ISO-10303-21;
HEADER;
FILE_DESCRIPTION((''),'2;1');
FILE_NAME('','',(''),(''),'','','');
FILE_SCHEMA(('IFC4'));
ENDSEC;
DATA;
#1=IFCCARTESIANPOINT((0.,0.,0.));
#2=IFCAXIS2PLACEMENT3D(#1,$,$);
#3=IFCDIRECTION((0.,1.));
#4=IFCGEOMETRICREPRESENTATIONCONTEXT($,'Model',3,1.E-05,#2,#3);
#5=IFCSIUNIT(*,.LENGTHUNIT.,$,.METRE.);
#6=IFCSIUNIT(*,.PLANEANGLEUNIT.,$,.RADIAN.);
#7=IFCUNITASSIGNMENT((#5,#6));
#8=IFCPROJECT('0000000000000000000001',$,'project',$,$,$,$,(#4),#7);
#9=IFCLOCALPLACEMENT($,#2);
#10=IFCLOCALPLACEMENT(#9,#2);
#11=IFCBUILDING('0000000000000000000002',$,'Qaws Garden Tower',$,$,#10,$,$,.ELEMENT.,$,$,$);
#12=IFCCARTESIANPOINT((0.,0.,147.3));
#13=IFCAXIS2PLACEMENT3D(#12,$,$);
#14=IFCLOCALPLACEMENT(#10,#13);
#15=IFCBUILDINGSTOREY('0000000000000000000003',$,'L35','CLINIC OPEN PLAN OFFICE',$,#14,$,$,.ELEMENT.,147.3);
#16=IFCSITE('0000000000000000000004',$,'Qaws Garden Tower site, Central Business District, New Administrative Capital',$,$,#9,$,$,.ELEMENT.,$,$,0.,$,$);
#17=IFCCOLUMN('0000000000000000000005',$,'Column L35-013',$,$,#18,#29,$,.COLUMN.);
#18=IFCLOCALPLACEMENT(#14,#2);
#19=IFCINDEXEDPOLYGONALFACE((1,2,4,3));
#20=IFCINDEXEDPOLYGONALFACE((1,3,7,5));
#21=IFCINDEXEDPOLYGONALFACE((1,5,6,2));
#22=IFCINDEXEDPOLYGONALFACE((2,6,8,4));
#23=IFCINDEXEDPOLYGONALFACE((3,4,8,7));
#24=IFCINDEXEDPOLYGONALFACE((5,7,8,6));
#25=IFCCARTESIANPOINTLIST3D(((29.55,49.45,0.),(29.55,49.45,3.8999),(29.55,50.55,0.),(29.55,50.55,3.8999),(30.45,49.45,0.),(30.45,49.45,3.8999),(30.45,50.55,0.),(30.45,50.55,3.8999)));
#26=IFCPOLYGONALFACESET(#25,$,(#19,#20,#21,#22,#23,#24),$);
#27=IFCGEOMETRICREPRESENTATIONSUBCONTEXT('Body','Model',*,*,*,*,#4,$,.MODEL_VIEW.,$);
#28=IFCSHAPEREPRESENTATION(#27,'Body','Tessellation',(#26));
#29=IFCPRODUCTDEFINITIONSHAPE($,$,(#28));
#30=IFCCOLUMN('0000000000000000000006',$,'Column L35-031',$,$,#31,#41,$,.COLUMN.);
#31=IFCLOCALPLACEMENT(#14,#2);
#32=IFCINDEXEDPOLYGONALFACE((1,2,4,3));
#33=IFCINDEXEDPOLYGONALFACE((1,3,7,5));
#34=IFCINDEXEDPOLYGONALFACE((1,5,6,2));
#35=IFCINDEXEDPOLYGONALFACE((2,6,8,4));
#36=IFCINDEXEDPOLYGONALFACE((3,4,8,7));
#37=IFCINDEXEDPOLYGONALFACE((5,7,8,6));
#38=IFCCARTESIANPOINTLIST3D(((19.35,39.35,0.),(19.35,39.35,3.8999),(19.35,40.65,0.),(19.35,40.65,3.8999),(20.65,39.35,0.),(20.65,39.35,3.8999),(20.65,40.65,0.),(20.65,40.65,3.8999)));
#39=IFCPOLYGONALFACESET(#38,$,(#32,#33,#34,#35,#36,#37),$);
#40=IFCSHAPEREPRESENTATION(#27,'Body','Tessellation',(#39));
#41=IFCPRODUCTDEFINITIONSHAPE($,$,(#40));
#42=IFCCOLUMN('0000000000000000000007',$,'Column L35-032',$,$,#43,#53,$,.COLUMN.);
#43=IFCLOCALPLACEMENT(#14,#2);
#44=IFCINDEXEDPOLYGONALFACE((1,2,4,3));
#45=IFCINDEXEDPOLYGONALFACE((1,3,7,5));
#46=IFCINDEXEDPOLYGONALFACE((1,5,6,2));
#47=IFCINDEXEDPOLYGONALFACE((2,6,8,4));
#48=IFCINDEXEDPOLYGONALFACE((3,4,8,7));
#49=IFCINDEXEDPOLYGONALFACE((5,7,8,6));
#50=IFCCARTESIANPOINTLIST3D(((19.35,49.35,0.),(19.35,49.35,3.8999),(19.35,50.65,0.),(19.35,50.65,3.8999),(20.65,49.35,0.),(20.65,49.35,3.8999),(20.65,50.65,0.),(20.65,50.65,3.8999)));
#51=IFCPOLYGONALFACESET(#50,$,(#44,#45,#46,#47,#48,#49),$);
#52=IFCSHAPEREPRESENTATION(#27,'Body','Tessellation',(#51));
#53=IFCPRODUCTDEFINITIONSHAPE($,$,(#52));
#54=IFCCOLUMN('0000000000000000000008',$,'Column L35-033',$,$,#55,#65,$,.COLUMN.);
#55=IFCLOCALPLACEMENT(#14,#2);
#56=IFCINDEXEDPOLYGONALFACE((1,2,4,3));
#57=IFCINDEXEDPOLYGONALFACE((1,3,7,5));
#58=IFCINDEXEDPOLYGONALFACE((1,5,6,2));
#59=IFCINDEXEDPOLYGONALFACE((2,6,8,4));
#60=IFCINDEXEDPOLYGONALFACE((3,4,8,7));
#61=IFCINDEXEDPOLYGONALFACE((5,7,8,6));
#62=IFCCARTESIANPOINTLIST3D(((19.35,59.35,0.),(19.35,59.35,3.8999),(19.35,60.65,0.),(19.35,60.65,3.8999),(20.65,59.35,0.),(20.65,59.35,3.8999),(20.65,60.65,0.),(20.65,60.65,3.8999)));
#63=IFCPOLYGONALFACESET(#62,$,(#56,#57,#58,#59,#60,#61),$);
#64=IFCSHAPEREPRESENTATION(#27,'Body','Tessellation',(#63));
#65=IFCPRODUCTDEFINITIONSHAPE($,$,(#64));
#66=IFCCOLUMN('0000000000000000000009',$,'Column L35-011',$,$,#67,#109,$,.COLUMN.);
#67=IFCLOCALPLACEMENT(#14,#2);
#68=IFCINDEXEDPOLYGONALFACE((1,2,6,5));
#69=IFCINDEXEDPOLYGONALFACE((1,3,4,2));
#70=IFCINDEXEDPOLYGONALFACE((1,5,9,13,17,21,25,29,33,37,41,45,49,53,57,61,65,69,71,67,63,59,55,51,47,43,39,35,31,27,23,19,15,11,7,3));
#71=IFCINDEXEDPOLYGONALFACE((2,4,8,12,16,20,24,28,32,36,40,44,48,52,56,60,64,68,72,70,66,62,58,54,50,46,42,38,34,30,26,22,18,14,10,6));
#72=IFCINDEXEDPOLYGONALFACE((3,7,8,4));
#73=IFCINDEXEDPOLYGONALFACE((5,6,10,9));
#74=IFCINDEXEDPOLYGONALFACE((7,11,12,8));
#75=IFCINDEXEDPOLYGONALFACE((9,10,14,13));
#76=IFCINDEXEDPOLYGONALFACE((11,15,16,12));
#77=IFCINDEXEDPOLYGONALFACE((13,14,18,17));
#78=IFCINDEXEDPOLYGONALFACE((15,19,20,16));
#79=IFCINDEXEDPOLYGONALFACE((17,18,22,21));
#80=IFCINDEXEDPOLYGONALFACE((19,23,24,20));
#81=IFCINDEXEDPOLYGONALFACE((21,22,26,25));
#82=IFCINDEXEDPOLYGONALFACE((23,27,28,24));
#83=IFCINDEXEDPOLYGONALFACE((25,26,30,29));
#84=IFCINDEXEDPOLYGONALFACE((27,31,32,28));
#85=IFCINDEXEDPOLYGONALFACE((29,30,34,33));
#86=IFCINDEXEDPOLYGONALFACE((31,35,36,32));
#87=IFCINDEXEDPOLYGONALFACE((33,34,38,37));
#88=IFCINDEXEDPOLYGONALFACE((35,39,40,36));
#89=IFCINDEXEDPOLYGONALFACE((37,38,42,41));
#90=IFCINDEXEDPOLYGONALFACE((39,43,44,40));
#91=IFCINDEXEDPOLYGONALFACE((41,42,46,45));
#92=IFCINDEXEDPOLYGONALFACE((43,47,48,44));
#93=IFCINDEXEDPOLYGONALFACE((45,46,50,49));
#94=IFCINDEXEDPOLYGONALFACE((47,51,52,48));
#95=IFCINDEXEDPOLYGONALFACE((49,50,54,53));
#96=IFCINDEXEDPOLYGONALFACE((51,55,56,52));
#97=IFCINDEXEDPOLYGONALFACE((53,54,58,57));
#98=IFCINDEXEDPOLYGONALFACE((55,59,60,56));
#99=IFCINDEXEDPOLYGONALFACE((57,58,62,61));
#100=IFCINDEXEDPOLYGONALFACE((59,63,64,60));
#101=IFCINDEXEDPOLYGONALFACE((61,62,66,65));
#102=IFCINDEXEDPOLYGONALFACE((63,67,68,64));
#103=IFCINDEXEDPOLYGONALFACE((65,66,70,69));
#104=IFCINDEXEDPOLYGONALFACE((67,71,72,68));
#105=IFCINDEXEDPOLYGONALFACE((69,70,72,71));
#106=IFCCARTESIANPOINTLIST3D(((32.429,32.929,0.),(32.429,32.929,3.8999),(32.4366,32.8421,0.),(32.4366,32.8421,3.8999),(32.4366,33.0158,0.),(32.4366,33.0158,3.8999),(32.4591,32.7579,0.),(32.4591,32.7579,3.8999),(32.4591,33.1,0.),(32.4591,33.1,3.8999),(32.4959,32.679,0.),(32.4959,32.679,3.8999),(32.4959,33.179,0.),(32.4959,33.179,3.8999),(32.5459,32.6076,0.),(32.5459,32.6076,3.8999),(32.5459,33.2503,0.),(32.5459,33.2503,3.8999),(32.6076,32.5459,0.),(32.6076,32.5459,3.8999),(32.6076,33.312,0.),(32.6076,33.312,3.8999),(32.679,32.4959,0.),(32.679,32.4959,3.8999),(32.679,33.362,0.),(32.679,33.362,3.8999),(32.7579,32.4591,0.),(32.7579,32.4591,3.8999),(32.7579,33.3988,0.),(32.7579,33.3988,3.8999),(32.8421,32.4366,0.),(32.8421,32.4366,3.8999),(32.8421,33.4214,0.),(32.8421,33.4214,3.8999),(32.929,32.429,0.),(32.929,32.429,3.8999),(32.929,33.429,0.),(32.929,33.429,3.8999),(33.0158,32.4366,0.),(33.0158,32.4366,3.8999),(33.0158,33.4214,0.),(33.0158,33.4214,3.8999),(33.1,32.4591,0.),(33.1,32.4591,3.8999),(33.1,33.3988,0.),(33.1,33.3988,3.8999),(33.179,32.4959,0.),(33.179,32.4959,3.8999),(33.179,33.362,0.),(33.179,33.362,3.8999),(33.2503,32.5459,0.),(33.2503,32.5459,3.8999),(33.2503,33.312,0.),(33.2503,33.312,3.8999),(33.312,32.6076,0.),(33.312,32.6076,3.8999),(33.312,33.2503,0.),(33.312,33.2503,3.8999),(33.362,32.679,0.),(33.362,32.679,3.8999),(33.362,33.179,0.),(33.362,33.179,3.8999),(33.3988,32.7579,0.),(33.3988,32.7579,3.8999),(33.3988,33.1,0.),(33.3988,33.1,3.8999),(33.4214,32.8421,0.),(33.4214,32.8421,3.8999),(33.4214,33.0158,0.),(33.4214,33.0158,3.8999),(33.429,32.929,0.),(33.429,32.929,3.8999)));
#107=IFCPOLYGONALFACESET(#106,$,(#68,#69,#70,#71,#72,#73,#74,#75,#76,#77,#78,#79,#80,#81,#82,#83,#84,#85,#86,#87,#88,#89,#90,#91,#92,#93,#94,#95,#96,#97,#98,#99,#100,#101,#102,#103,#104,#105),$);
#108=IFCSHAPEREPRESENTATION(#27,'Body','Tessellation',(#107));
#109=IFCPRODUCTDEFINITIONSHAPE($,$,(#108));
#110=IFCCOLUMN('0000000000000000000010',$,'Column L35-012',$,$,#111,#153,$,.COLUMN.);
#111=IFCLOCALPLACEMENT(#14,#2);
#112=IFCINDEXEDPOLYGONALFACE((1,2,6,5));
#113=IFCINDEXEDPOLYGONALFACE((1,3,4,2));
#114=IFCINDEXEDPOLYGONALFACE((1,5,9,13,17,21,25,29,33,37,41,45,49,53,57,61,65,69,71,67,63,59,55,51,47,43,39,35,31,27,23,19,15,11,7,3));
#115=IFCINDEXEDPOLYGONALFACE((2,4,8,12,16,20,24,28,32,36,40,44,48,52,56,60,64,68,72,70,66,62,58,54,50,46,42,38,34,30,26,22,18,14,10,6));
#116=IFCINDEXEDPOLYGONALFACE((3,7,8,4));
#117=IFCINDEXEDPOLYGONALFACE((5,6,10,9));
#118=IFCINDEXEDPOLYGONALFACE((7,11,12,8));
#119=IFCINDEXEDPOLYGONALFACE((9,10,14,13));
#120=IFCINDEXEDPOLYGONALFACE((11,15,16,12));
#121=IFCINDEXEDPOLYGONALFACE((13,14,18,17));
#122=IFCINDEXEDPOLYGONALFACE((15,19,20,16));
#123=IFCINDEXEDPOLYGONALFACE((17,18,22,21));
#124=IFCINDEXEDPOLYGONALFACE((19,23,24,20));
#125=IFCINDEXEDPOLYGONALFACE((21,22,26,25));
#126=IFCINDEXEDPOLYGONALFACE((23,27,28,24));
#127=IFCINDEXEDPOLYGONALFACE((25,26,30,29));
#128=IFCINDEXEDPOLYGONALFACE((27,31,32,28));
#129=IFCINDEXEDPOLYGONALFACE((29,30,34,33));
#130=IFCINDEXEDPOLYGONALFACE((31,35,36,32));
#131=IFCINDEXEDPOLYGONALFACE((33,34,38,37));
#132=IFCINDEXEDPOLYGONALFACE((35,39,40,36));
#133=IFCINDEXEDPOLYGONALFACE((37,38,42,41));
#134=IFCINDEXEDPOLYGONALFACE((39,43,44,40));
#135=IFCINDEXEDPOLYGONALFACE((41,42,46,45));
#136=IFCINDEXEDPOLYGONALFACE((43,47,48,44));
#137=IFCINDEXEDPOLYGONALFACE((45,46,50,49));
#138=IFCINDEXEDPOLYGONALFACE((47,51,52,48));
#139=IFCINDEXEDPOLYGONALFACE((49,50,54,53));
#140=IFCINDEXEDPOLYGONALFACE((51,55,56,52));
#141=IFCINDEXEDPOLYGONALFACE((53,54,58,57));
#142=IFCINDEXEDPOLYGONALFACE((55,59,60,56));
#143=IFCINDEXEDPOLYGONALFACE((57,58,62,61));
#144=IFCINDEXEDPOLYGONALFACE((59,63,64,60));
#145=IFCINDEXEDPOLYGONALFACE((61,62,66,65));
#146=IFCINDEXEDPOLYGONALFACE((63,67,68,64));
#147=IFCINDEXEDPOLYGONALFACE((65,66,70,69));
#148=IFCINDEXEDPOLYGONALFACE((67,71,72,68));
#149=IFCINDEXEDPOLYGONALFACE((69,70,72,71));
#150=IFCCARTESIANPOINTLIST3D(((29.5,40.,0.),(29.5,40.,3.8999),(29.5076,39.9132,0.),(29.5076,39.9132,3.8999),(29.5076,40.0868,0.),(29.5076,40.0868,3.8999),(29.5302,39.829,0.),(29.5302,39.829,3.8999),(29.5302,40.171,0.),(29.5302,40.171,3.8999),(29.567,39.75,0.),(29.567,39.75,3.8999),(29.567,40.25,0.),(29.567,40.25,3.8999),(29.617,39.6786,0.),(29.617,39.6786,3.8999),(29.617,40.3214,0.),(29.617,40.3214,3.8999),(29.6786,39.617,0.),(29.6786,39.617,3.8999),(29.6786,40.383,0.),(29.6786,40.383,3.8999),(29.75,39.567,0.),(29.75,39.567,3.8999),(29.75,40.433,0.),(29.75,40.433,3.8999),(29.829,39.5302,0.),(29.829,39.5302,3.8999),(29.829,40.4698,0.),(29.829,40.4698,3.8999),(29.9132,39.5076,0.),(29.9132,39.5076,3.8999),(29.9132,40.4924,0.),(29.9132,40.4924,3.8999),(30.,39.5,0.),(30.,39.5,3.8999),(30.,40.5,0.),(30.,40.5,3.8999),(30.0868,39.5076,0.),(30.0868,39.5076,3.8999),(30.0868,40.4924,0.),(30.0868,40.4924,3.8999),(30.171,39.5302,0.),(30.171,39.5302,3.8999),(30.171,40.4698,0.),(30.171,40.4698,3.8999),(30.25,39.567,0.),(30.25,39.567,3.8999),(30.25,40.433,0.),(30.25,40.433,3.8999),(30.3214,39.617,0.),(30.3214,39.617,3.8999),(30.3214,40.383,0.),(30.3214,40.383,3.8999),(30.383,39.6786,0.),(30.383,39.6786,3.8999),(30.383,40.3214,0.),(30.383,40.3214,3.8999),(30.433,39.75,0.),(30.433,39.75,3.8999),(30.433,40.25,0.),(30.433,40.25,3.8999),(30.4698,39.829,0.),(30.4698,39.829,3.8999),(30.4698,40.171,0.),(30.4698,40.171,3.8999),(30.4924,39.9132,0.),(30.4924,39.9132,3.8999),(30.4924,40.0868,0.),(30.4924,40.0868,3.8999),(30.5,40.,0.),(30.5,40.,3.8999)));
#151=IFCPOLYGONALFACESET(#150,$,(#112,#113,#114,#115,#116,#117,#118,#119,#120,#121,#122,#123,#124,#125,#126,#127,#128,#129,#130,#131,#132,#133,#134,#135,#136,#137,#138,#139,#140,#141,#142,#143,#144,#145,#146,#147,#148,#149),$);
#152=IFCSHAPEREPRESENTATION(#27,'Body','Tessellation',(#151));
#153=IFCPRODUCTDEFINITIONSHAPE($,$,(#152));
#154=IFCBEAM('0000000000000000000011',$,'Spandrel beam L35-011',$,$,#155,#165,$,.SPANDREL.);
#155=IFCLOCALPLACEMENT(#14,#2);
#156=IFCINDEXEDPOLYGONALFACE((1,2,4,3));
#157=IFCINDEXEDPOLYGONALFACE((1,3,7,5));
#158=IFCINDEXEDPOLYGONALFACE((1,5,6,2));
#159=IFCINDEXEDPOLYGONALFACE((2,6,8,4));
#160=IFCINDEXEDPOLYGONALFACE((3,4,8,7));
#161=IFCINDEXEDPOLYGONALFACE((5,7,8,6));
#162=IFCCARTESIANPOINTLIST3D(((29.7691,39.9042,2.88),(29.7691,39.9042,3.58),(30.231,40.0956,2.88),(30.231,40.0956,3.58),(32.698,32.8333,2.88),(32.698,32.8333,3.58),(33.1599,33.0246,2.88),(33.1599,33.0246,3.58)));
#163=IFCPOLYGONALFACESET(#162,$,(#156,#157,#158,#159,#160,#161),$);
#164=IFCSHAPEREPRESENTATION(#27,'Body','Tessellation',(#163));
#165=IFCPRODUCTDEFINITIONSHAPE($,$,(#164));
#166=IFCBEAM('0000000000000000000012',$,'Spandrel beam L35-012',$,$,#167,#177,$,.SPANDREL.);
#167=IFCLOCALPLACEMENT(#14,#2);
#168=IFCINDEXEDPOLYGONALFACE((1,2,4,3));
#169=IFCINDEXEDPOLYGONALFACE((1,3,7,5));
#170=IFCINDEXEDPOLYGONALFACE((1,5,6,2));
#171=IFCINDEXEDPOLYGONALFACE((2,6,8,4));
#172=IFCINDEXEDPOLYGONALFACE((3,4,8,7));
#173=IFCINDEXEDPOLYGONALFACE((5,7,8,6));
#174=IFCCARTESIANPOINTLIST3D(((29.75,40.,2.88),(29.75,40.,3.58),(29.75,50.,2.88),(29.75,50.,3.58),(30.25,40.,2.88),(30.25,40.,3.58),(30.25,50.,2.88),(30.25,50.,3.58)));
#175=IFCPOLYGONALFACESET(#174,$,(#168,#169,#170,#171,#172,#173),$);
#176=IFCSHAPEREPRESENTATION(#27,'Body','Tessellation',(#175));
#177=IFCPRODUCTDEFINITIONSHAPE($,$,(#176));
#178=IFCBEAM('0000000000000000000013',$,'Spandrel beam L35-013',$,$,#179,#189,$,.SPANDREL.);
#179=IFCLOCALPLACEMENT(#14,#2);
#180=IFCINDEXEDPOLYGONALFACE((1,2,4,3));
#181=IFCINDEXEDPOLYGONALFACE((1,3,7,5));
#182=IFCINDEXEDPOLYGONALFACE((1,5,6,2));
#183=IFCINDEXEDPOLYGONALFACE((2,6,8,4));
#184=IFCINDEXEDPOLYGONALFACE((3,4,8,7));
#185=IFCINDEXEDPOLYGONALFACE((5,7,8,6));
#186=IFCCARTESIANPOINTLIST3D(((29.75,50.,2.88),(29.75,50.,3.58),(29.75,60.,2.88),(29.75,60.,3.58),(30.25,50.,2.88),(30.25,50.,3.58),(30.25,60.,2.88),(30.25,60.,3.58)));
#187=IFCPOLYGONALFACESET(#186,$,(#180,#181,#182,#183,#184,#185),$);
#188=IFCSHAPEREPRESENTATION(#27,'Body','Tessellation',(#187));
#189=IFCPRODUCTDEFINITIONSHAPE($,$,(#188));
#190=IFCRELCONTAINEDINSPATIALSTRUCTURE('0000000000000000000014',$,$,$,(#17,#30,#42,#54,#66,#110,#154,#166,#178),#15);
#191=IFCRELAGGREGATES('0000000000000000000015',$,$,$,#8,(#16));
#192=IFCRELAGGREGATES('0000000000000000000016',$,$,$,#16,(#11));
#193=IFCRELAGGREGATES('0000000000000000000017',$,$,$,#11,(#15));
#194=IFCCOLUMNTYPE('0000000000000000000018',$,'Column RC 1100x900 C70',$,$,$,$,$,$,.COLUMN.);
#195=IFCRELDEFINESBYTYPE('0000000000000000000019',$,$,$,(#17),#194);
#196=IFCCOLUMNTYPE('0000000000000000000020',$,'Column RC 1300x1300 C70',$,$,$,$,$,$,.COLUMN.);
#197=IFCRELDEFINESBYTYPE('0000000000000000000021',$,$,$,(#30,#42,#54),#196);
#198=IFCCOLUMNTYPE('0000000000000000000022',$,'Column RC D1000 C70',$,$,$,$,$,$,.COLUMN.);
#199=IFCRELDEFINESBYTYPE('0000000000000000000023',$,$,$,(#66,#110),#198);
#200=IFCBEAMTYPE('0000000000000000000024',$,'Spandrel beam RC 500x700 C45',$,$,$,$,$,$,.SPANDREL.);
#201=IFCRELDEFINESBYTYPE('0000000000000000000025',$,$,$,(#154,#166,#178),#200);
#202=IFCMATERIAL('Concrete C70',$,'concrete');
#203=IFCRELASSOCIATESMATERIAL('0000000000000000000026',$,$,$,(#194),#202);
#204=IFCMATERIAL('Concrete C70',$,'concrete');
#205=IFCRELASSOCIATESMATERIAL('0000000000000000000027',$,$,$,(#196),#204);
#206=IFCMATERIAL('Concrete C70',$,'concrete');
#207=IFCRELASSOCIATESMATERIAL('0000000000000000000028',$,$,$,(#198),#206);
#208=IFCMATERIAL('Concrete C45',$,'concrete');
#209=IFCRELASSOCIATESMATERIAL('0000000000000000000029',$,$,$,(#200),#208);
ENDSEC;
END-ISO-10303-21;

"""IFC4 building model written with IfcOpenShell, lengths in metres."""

from ifc_helpers import new_model, si_unit, direction, frame, origin, origin_2d, place, context, subcontext, project, spatial, rectangle, circle, extrude, material, material_profile, profile_set, type_object, element, save


model = new_model("IFC4")

# Units and contexts
model_context = context("Model", 3, precision=1e-05, world=origin(), true_north=direction((0.0, 1.0)))
body_context = subcontext(model_context, "Body", "Model", "MODEL_VIEW")
ifc_project = project(units=[si_unit("LENGTHUNIT", "METRE"), si_unit("PLANEANGLEUNIT", "RADIAN")], contexts=[model_context])

# Site, building, storey
site_placement = place(None, origin())
site = spatial("IfcSite", under=ifc_project, at=site_placement, Name="Qaws Garden Tower site, Central Business District, New Administrative Capital", CompositionType="ELEMENT", RefElevation=0.0)
building_placement = place(site_placement, origin())
building = spatial("IfcBuilding", under=site, at=building_placement, Name="Qaws Garden Tower", CompositionType="ELEMENT")
storey_placement = place(building_placement, frame((0.0, 0.0, 147.3)))
storey = spatial("IfcBuildingStorey", under=building, at=storey_placement, Name="L35", Description="CLINIC OPEN PLAN OFFICE", CompositionType="ELEMENT", Elevation=147.3)

# Columns
ifc_material_1 = material(Name="Concrete C70", Category="concrete")
ifc_material_profile_1 = material_profile(ifc_material_1, rectangle(XDim=1.1001, YDim=0.8999, at=origin_2d()), Name="RC 1100x900")
ifc_profile_set_1 = profile_set([ifc_material_profile_1], Name="Concrete C70")
column_type_1 = type_object("IfcColumnType", Name="Column RC 1100x900 C70", PredefinedType="COLUMN", material=ifc_profile_set_1)
column_placement = place(storey_placement, frame((30.0, 50.0, 0.0), z_axis=(0.0, 0.0, 1.0), x_axis=(0.0, 1.0, 0.0)))
element("IfcColumn", 1, at=column_placement, inside=storey, type_object=column_type_1, Name="Column L35-013", PredefinedType="COLUMN", context=body_context, shape_type="SweptSolid", body=[
    extrude(rectangle(XDim=1.1001, YDim=0.8999, at=origin_2d()), origin(), (0.0, 0.0, 1.0), 3.8999),
])
ifc_material_2 = material(Name="Concrete C70", Category="concrete")
ifc_material_profile_2 = material_profile(ifc_material_2, rectangle(XDim=1.3, YDim=1.3, at=origin_2d()), Name="RC 1300x1300")
ifc_profile_set_2 = profile_set([ifc_material_profile_2], Name="Concrete C70")
column_type_2 = type_object("IfcColumnType", Name="Column RC 1300x1300 C70", PredefinedType="COLUMN", material=ifc_profile_set_2)
for number, where, z_axis, x_axis, name in (
    (2, (20.0, 40.0, 0.0), (0.0, 0.0, 1.0), (1.0, 0.0, 0.0), "Column L35-031"),
    (3, (20.0, 50.0, 0.0), (0.0, 0.0, 1.0), (1.0, 0.0, 0.0), "Column L35-032"),
    (4, (20.0, 60.0, 0.0), (0.0, 0.0, 1.0), (1.0, 0.0, 0.0), "Column L35-033"),
):
    element("IfcColumn", number, at=place(storey_placement, frame(where, z_axis=z_axis, x_axis=x_axis)), inside=storey, type_object=column_type_2, Name=name, PredefinedType="COLUMN", context=body_context, shape_type="SweptSolid", body=[
        extrude(rectangle(XDim=1.3, YDim=1.3, at=origin_2d()), origin(), (0.0, 0.0, 1.0), 3.8999),
    ])
ifc_material_3 = material(Name="Concrete C70", Category="concrete")
ifc_material_profile_3 = material_profile(ifc_material_3, circle(Radius=0.5, at=origin_2d()), Name="RC D1000")
ifc_profile_set_3 = profile_set([ifc_material_profile_3], Name="Concrete C70")
column_type_3 = type_object("IfcColumnType", Name="Column RC D1000 C70", PredefinedType="COLUMN", material=ifc_profile_set_3)
for number, where, z_axis, x_axis, name in (
    (5, (32.929, 32.929, 0.0), (0.0, 0.0, 1.0), (1.0, 0.0, 0.0), "Column L35-011"),
    (6, (30.0, 40.0, 0.0), (0.0, 0.0, 1.0), (1.0, 0.0, 0.0), "Column L35-012"),
):
    element("IfcColumn", number, at=place(storey_placement, frame(where, z_axis=z_axis, x_axis=x_axis)), inside=storey, type_object=column_type_3, Name=name, PredefinedType="COLUMN", context=body_context, shape_type="SweptSolid", body=[
        extrude(circle(Radius=0.5, at=origin_2d()), origin(), (0.0, 0.0, 1.0), 3.8999),
    ])

# Beams
ifc_material_4 = material(Name="Concrete C45", Category="concrete")
ifc_material_profile_4 = material_profile(ifc_material_4, rectangle(XDim=0.5, YDim=0.7, at=origin_2d()), Name="RC 500x700")
ifc_profile_set_4 = profile_set([ifc_material_profile_4], Name="Concrete C45")
beam_type = type_object("IfcBeamType", Name="Spandrel beam RC 500x700 C45", PredefinedType="SPANDREL", material=ifc_profile_set_4)
beam_placement = place(storey_placement, frame((32.929, 32.929, 3.23), z_axis=(-0.382687, 0.923878, 0.0), x_axis=(-0.923878, -0.382687, 0.0)))
element("IfcBeam", 7, at=beam_placement, inside=storey, type_object=beam_type, Name="Spandrel beam L35-011", PredefinedType="SPANDREL", context=body_context, shape_type="SweptSolid", body=[
    extrude(rectangle(XDim=0.5, YDim=0.7, at=origin_2d()), origin(), (0.0, 0.0, 1.0), 7.6536),
])
for number, where, z_axis, x_axis, name in (
    (8, (30.0, 40.0, 3.23), (0.0, 1.0, 0.0), (-1.0, 0.0, 0.0), "Spandrel beam L35-012"),
    (9, (30.0, 50.0, 3.23), (0.0, 1.0, 0.0), (-1.0, 0.0, 0.0), "Spandrel beam L35-013"),
):
    element("IfcBeam", number, at=place(storey_placement, frame(where, z_axis=z_axis, x_axis=x_axis)), inside=storey, type_object=beam_type, Name=name, PredefinedType="SPANDREL", context=body_context, shape_type="SweptSolid", body=[
        extrude(rectangle(XDim=0.5, YDim=0.7, at=origin_2d()), origin(), (0.0, 0.0, 1.0), 10.0),
    ])

save(model, "model.ifc")
